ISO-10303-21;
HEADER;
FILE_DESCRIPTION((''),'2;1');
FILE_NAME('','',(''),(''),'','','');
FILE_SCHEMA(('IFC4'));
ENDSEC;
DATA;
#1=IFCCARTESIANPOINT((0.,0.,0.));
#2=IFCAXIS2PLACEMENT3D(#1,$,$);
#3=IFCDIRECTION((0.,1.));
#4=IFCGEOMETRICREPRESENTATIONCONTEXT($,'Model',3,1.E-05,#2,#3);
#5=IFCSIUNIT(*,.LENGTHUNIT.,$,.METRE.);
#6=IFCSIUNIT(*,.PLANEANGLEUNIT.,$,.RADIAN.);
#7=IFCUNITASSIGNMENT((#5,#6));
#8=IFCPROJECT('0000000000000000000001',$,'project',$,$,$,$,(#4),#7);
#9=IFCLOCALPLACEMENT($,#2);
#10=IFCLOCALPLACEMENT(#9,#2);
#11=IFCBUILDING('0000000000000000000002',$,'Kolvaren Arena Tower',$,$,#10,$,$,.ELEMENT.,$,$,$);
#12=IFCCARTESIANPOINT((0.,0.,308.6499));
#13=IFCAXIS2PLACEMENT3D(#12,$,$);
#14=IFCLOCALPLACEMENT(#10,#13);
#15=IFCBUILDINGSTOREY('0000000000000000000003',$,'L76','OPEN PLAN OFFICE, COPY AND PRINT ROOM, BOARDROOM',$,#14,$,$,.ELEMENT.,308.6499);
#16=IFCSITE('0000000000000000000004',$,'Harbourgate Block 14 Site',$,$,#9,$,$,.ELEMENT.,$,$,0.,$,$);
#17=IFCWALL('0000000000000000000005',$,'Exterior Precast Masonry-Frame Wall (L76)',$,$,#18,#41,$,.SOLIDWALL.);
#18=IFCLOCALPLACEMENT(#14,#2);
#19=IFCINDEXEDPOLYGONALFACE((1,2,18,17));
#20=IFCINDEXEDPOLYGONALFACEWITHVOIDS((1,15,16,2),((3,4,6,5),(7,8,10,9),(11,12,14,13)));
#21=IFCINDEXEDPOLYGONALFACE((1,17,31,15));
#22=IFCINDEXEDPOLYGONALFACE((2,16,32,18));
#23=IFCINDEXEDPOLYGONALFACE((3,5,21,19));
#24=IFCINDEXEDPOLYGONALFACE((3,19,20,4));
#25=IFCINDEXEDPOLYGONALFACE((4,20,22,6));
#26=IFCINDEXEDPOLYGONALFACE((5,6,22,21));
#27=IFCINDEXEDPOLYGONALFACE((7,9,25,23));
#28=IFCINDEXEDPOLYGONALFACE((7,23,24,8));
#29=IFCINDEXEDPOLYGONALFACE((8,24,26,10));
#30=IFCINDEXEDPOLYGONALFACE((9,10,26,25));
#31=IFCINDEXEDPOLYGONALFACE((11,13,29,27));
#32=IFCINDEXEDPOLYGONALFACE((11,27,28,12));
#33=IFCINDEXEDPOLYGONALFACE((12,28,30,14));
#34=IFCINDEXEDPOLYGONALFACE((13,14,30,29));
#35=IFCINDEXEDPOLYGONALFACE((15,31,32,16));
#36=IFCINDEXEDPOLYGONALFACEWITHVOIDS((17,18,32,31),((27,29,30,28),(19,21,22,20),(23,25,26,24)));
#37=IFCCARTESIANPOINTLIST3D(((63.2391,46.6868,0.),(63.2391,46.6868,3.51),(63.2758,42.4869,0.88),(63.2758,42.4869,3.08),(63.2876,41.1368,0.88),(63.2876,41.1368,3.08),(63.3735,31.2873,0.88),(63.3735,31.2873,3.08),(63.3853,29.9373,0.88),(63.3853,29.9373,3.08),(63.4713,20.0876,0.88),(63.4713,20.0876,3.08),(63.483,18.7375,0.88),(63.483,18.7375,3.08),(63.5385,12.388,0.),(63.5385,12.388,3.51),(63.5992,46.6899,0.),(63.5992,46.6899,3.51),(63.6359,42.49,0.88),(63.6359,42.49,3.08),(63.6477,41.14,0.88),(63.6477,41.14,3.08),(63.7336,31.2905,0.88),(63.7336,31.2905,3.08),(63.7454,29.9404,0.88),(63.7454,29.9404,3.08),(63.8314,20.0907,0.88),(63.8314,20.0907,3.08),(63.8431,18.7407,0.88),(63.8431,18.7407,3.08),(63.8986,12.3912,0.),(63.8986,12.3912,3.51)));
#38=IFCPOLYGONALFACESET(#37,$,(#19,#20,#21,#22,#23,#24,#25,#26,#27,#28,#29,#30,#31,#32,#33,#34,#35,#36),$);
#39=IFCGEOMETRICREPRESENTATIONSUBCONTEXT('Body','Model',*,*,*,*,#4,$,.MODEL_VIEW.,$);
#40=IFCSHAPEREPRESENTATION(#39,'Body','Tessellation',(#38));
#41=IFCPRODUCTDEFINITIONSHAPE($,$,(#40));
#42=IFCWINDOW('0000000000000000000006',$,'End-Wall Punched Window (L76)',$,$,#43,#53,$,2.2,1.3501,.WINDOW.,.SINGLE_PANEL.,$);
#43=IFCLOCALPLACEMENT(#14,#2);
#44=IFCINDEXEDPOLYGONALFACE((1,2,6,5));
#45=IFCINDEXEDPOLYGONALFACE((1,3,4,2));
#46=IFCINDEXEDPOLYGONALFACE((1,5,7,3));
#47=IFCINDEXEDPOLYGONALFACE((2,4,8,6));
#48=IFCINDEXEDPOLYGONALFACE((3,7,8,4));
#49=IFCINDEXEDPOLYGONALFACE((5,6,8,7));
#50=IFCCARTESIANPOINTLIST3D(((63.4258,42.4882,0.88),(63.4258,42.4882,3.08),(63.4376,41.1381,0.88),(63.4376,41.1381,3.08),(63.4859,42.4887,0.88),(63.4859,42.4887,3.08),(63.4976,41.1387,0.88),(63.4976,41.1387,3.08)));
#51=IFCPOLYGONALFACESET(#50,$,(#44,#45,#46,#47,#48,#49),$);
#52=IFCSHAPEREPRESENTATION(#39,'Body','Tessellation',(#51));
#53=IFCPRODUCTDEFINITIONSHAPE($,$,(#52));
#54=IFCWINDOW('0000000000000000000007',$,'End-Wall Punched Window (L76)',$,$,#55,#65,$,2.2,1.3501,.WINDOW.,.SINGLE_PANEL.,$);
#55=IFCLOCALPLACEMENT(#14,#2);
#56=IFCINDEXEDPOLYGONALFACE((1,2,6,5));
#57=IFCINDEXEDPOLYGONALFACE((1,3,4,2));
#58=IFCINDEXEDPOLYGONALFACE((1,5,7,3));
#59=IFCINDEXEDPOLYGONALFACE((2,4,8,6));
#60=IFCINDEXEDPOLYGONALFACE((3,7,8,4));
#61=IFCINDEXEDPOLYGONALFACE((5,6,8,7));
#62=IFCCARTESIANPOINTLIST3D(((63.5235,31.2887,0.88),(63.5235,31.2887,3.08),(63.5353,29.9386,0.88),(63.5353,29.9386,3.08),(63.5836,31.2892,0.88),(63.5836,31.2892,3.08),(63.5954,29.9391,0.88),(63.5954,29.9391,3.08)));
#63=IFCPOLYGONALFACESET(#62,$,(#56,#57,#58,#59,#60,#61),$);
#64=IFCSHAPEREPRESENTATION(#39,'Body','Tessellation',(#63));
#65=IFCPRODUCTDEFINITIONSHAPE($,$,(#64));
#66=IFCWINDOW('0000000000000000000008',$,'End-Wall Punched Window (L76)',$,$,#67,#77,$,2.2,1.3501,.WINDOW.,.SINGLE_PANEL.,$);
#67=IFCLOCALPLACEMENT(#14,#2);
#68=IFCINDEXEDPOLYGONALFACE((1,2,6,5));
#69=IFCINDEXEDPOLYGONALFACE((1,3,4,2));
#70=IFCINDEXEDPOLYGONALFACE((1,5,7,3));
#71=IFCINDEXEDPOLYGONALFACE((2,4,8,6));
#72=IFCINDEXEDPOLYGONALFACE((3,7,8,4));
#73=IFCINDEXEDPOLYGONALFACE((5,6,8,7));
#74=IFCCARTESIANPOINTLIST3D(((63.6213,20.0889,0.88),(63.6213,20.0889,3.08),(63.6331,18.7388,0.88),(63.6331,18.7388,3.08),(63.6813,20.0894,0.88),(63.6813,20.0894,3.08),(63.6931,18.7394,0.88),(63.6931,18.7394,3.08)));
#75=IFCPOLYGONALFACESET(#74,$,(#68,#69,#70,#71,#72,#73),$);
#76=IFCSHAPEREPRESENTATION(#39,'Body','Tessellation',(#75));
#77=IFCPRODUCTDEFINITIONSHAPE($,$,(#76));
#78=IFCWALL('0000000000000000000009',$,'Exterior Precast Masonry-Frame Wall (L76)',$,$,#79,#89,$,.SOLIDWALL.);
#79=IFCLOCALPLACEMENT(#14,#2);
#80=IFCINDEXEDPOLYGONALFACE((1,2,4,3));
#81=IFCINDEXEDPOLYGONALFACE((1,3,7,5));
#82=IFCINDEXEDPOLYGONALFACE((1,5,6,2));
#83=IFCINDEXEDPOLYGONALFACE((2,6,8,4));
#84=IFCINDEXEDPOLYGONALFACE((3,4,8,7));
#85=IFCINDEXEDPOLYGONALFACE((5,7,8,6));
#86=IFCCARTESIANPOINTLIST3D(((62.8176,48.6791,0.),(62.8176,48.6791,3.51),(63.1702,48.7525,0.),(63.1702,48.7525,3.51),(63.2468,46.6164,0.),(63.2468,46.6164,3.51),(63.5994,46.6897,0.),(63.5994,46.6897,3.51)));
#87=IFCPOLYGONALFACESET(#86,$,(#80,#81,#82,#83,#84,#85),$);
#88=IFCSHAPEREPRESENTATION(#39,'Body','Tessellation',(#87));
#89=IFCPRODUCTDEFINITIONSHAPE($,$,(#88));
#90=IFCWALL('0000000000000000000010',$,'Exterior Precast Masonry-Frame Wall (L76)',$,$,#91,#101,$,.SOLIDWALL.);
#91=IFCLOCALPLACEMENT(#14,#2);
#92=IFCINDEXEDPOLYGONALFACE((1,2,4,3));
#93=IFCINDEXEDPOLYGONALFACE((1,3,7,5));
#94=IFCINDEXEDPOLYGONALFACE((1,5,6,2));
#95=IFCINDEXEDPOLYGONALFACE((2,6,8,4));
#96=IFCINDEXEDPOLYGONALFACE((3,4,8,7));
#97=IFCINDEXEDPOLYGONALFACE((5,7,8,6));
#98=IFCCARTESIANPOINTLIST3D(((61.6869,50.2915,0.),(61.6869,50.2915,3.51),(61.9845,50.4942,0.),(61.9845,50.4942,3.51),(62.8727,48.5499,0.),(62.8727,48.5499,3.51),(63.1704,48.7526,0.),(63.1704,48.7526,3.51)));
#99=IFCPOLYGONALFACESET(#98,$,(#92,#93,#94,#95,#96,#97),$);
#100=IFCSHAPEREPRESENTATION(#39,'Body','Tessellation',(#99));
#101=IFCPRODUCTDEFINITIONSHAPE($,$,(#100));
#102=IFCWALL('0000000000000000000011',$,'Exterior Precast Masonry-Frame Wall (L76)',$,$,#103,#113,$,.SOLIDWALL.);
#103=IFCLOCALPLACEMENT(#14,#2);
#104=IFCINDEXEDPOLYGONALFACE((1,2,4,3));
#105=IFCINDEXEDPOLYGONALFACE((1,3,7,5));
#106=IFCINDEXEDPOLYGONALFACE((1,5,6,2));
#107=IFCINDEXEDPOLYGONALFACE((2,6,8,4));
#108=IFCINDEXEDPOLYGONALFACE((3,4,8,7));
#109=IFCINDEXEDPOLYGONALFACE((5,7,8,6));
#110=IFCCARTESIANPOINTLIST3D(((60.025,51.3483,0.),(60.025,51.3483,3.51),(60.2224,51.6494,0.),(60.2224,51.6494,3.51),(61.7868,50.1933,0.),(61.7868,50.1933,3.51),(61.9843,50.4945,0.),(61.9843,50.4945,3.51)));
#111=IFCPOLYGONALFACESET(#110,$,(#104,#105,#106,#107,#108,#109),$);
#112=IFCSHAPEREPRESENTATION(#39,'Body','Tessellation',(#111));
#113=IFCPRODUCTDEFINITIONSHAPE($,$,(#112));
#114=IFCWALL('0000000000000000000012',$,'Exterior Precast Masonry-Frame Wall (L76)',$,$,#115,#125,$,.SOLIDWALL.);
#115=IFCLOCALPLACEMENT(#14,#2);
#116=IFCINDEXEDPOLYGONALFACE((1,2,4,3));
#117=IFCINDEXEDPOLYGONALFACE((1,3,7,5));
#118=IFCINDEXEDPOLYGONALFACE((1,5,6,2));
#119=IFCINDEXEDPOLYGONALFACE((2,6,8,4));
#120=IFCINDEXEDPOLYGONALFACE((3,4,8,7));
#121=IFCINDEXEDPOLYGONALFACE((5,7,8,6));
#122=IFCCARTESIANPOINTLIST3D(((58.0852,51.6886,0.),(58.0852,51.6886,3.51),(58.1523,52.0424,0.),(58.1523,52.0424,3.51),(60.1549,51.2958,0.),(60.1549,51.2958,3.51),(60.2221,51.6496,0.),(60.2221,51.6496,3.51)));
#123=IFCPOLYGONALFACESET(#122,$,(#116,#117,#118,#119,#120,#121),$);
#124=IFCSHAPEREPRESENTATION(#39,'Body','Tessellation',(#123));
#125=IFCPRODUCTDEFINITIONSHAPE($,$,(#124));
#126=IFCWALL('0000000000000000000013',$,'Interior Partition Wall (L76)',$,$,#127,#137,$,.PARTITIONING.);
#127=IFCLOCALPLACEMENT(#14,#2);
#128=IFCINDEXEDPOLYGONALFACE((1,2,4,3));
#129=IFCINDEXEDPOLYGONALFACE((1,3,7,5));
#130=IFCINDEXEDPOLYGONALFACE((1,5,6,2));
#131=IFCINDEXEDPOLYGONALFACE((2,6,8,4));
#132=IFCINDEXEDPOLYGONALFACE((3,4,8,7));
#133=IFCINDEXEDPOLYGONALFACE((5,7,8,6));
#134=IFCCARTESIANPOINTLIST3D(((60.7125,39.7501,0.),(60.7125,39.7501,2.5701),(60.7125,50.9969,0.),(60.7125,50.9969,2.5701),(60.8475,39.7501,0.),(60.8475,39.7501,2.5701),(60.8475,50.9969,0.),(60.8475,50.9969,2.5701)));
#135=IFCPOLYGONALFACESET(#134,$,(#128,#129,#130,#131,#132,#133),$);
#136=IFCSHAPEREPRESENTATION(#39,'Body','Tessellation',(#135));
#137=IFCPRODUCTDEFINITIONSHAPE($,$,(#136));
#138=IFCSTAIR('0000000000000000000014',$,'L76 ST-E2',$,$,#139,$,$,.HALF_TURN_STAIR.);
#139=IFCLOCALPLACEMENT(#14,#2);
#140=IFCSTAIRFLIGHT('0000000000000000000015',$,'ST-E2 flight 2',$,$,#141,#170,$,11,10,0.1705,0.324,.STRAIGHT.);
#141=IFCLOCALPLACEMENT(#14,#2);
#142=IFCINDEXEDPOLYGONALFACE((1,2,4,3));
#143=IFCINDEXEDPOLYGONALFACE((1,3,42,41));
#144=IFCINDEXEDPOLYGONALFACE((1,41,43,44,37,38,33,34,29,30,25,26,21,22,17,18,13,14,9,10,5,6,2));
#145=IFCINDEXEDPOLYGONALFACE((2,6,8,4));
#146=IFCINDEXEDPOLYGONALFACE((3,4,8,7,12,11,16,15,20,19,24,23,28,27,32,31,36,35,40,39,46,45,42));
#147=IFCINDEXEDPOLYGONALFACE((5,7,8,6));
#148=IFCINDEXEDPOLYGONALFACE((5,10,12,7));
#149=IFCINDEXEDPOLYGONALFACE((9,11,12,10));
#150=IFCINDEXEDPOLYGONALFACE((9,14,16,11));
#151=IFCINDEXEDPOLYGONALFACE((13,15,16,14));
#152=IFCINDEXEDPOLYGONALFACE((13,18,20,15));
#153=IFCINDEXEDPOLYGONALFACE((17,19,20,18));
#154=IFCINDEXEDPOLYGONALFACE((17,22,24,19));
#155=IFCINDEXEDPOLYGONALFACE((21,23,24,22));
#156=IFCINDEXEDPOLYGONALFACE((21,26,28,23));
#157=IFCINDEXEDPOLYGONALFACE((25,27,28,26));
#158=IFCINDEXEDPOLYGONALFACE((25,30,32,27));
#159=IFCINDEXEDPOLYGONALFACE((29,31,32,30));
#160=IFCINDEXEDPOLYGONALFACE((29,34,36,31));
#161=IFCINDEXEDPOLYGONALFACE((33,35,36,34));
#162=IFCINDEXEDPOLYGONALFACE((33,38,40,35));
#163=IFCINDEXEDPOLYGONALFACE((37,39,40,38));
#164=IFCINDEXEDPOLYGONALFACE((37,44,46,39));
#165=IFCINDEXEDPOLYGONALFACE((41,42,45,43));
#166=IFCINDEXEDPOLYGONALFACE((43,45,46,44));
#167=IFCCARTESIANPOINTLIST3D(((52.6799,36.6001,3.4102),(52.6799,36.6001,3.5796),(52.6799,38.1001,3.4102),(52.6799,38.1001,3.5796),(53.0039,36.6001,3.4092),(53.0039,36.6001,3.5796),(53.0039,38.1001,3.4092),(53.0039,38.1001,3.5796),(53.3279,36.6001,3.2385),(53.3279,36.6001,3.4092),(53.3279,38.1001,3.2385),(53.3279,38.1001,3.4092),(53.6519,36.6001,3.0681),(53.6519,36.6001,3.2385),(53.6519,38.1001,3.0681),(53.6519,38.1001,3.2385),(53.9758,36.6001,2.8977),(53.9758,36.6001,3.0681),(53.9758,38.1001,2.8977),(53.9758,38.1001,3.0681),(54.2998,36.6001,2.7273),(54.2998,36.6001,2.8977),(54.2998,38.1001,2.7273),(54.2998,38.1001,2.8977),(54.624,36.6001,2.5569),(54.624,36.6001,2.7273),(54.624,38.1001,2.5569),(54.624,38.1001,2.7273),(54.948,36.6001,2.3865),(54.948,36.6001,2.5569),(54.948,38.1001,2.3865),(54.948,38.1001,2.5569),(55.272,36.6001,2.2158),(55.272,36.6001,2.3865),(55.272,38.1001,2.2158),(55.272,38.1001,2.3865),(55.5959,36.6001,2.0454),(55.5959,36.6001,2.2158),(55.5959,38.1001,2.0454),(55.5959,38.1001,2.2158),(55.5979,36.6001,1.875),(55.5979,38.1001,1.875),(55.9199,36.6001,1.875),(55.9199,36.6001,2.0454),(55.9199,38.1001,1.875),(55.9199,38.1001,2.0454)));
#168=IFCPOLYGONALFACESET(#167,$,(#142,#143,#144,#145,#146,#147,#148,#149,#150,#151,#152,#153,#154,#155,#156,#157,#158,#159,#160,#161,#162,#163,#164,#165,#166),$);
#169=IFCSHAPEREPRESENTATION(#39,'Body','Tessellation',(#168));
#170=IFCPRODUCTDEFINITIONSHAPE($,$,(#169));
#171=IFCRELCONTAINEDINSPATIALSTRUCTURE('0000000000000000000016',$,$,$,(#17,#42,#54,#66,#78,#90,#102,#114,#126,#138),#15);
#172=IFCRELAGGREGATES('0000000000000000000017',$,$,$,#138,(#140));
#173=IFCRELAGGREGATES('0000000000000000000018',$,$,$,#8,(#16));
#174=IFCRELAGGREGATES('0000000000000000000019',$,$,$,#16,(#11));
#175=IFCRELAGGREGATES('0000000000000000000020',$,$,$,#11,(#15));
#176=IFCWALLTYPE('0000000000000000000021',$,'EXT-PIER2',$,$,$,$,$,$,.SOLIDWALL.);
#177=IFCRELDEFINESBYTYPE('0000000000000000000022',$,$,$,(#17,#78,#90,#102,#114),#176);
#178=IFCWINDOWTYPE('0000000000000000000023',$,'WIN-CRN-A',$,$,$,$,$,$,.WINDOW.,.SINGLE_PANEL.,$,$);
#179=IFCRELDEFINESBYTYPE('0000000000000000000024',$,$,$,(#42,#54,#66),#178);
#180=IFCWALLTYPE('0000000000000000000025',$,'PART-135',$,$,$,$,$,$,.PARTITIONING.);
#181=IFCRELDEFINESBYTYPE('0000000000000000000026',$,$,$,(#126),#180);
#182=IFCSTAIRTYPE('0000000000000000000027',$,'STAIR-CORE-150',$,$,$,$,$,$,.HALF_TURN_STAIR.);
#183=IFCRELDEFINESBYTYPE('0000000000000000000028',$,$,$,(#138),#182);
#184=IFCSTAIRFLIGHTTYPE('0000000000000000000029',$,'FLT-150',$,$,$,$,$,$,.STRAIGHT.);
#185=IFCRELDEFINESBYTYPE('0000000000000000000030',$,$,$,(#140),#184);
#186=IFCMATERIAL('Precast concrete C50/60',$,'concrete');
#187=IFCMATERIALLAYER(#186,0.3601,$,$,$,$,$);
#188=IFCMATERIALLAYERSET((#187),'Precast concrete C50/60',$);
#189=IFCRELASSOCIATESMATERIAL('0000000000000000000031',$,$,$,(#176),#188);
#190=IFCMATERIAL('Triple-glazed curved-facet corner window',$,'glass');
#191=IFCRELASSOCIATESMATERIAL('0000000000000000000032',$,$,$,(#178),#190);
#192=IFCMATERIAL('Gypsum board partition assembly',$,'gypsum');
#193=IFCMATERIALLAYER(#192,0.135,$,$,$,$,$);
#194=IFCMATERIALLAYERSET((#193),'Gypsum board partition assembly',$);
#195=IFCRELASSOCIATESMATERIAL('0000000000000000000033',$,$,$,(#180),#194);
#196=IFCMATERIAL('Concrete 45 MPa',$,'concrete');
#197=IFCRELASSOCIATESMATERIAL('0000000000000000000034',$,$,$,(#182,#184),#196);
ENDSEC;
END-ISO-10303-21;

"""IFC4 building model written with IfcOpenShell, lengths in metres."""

from ifc_helpers import new_model, si_unit, direction, frame, frame_2d, origin, place, context, subcontext, project, spatial, polyline, rectangle, outline, extrude, material, layer, layer_set, type_object, element, fill, aggregate, save


model = new_model("IFC4")

# Units and contexts
model_context = context("Model", 3, precision=1e-05, world=origin(), true_north=direction((0.0, 1.0)))
body_context = subcontext(model_context, "Body", "Model", "MODEL_VIEW")
ifc_project = project(units=[si_unit("LENGTHUNIT", "METRE"), si_unit("PLANEANGLEUNIT", "RADIAN")], contexts=[model_context])

# Site, building, storey
site_placement = place(None, origin())
site = spatial("IfcSite", under=ifc_project, at=site_placement, Name="Harbourgate Block 14 Site", CompositionType="ELEMENT", RefElevation=0.0)
building_placement = place(site_placement, origin())
building = spatial("IfcBuilding", under=site, at=building_placement, Name="Kolvaren Arena Tower", CompositionType="ELEMENT")
storey_placement = place(building_placement, frame((0.0, 0.0, 308.6499)))
storey = spatial("IfcBuildingStorey", under=building, at=storey_placement, Name="L76", Description="OPEN PLAN OFFICE, COPY AND PRINT ROOM, BOARDROOM", CompositionType="ELEMENT", Elevation=308.6499)

# Shared definitions
ifc_material_1 = material(Name="Precast concrete C50/60", Category="concrete")

# Wall, openings, windows
ifc_layer_1 = layer(ifc_material_1, 0.3601)
ifc_layer_set_1 = layer_set([ifc_layer_1], Name="Precast concrete C50/60")
wall_type_1 = type_object("IfcWallType", Name="EXT-PIER2", PredefinedType="SOLIDWALL", material=ifc_layer_set_1)
wall_1_placement = place(storey_placement, frame((63.4192, 46.6882, 0.0), z_axis=(0.0, 0.0, 1.0), x_axis=(0.008726, -0.999962, 0.0)))
wall_1 = element("IfcWall", 1, at=wall_1_placement, inside=storey, type_object=wall_type_1, Name="Exterior Precast Masonry-Frame Wall (L76)", PredefinedType="SOLIDWALL", context=body_context, shape_type="SweptSolid", body=[
    extrude(rectangle(XDim=34.3, YDim=0.3601, at=frame_2d((17.1499, 0.0))), origin(), (0.0, 0.0, 1.0), 3.51),
])
opening_1_placement = place(wall_1_placement, frame((4.2, 0.0, 0.8799)))
opening_1 = element("IfcOpeningElement", 2, at=opening_1_placement, cuts=wall_1, PredefinedType="OPENING", context=body_context, shape_type="SweptSolid", body=[
    extrude(rectangle(XDim=1.3501, YDim=2.2, at=frame_2d((0.675, 1.1001))), frame((0.0, 0.1899, 0.0), z_axis=(0.0, -1.0, 0.0), x_axis=(1.0, 0.0, 0.0)), (0.0, 0.0, 1.0), 0.3801),
])
opening_2_placement = place(wall_1_placement, frame((15.3999, 0.0, 0.8799)))
opening_2 = element("IfcOpeningElement", 3, at=opening_2_placement, cuts=wall_1, PredefinedType="OPENING", context=body_context, shape_type="SweptSolid", body=[
    extrude(rectangle(XDim=1.3501, YDim=2.2, at=frame_2d((0.675, 1.1001))), frame((0.0, 0.1899, 0.0), z_axis=(0.0, -1.0, 0.0), x_axis=(1.0, 0.0, 0.0)), (0.0, 0.0, 1.0), 0.3801),
])
opening_3_placement = place(wall_1_placement, frame((26.6001, 0.0, 0.8799)))
opening_3 = element("IfcOpeningElement", 4, at=opening_3_placement, cuts=wall_1, PredefinedType="OPENING", context=body_context, shape_type="SweptSolid", body=[
    extrude(rectangle(XDim=1.3501, YDim=2.2, at=frame_2d((0.675, 1.1001))), frame((0.0, 0.1899, 0.0), z_axis=(0.0, -1.0, 0.0), x_axis=(1.0, 0.0, 0.0)), (0.0, 0.0, 1.0), 0.3801),
])
ifc_material_2 = material(Name="Triple-glazed curved-facet corner window", Category="glass")
window_type = type_object("IfcWindowType", Name="WIN-CRN-A", PartitioningType="SINGLE_PANEL", PredefinedType="WINDOW", material=ifc_material_2)
window_1_placement = place(opening_1_placement, origin())
window_1 = element("IfcWindow", 5, at=window_1_placement, inside=storey, type_object=window_type, Name="End-Wall Punched Window (L76)", OverallHeight=2.2, OverallWidth=1.3501, PartitioningType="SINGLE_PANEL", PredefinedType="WINDOW", context=body_context, shape_type="SweptSolid", body=[
    extrude(rectangle(XDim=1.3501, YDim=2.2, at=frame_2d((0.675, 1.1001))), frame((0.0, 0.03, 0.0), z_axis=(0.0, -1.0, 0.0), x_axis=(1.0, 0.0, 0.0)), (0.0, 0.0, 1.0), 0.0601),
])
fill(opening_1, window_1)
window_2_placement = place(opening_2_placement, origin())
window_2 = element("IfcWindow", 6, at=window_2_placement, inside=storey, type_object=window_type, Name="End-Wall Punched Window (L76)", OverallHeight=2.2, OverallWidth=1.3501, PartitioningType="SINGLE_PANEL", PredefinedType="WINDOW", context=body_context, shape_type="SweptSolid", body=[
    extrude(rectangle(XDim=1.3501, YDim=2.2, at=frame_2d((0.675, 1.1001))), frame((0.0, 0.03, 0.0), z_axis=(0.0, -1.0, 0.0), x_axis=(1.0, 0.0, 0.0)), (0.0, 0.0, 1.0), 0.0601),
])
fill(opening_2, window_2)
window_3_placement = place(opening_3_placement, origin())
window_3 = element("IfcWindow", 7, at=window_3_placement, inside=storey, type_object=window_type, Name="End-Wall Punched Window (L76)", OverallHeight=2.2, OverallWidth=1.3501, PartitioningType="SINGLE_PANEL", PredefinedType="WINDOW", context=body_context, shape_type="SweptSolid", body=[
    extrude(rectangle(XDim=1.3501, YDim=2.2, at=frame_2d((0.675, 1.1001))), frame((0.0, 0.03, 0.0), z_axis=(0.0, -1.0, 0.0), x_axis=(1.0, 0.0, 0.0)), (0.0, 0.0, 1.0), 0.0601),
])
fill(opening_3, window_3)

# Walls
for number, where, z_axis, x_axis, name in (
    (8, (62.9939, 48.7158, 0.0), (0.0, 0.0, 1.0), (0.203709, -0.979031, 0.0), "Exterior Precast Masonry-Frame Wall (L76)"),
    (9, (61.8357, 50.3928, 0.0), (0.0, 0.0, 1.0), (0.56283, -0.826573, 0.0), "Exterior Precast Masonry-Frame Wall (L76)"),
):
    element("IfcWall", number, at=place(storey_placement, frame(where, z_axis=z_axis, x_axis=x_axis)), inside=storey, type_object=wall_type_1, Name=name, PredefinedType="SOLIDWALL", context=body_context, shape_type="SweptSolid", body=[
        extrude(rectangle(XDim=2.1069, YDim=0.3601, at=frame_2d((1.0535, 0.0))), origin(), (0.0, 0.0, 1.0), 3.51),
    ])
for number, where, z_axis, x_axis, name in (
    (10, (60.1238, 51.4988, 0.0), (0.0, 0.0, 1.0), (0.836322, -0.548239, 0.0), "Exterior Precast Masonry-Frame Wall (L76)"),
    (11, (58.1189, 51.8655, 0.0), (0.0, 0.0, 1.0), (0.982463, -0.186457, 0.0), "Exterior Precast Masonry-Frame Wall (L76)"),
):
    element("IfcWall", number, at=place(storey_placement, frame(where, z_axis=z_axis, x_axis=x_axis)), inside=storey, type_object=wall_type_1, Name=name, PredefinedType="SOLIDWALL", context=body_context, shape_type="SweptSolid", body=[
        extrude(rectangle(XDim=2.1067, YDim=0.3601, at=frame_2d((1.0532, 0.0))), origin(), (0.0, 0.0, 1.0), 3.51),
    ])
ifc_material_3 = material(Name="Gypsum board partition assembly", Category="gypsum")
ifc_layer_2 = layer(ifc_material_3, 0.135)
ifc_layer_set_2 = layer_set([ifc_layer_2], Name="Gypsum board partition assembly")
wall_type_2 = type_object("IfcWallType", Name="PART-135", PredefinedType="PARTITIONING", material=ifc_layer_set_2)
wall_2_placement = place(storey_placement, frame((60.78, 39.75, 0.0), z_axis=(0.0, 0.0, 1.0), x_axis=(0.0, 1.0, 0.0)))
element("IfcWall", 12, at=wall_2_placement, inside=storey, type_object=wall_type_2, Name="Interior Partition Wall (L76)", PredefinedType="PARTITIONING", context=body_context, shape_type="SweptSolid", body=[
    extrude(rectangle(XDim=11.2468, YDim=0.135, at=frame_2d((5.6235, 0.0))), origin(), (0.0, 0.0, 1.0), 2.5701),
])

# Stair, stair flight
ifc_material_4 = material(Name="Concrete 45 MPa", Category="concrete")
stair_type = type_object("IfcStairType", Name="STAIR-CORE-150", PredefinedType="HALF_TURN_STAIR", material=ifc_material_4)
stair_placement = place(storey_placement, origin())
stair = element("IfcStair", 13, at=stair_placement, inside=storey, type_object=stair_type, Name="L76 ST-E2", PredefinedType="HALF_TURN_STAIR")
stair_flight_type = type_object("IfcStairFlightType", Name="FLT-150", PredefinedType="STRAIGHT", material=ifc_material_4)
stair_flight_placement = place(storey_placement, frame((55.9199, 37.3501, 1.875), z_axis=(0.0, 0.0, 1.0), x_axis=(-1.0, 0.0, 0.0)))
stair_flight = element("IfcStairFlight", 14, at=stair_flight_placement, type_object=stair_flight_type, Name="ST-E2 flight 2", NumberOfRisers=11, NumberOfTreads=10, PredefinedType="STRAIGHT", RiserHeight=0.1705, TreadLength=0.324, context=body_context, shape_type="SweptSolid", body=[
    extrude(outline(polyline([(0.0, 0.0), (0.0, 0.1704), (0.324, 0.1704), (0.324, 0.3408), (0.6479, 0.3408), (0.6479, 0.5115), (0.9719, 0.5115), (0.9719, 0.6819), (1.2959, 0.6819), (1.2959, 0.8523), (1.6201, 0.8523), (1.6201, 1.0227), (1.9441, 1.0227), (1.9441, 1.1931), (2.2681, 1.1931), (2.2681, 1.3635), (2.592, 1.3635), (2.592, 1.5342), (2.916, 1.5342), (2.916, 1.7046), (3.24, 1.7046), (3.24, 1.875), (3.24, 1.5352), (0.322, 0.0), (0.0, 0.0)])), frame((0.0, 0.75, 0.0), z_axis=(0.0, -1.0, 0.0), x_axis=(1.0, 0.0, 0.0)), (0.0, 0.0, 1.0), 1.5),
])
aggregate(stair, [stair_flight])

save(model, "model.ifc")
